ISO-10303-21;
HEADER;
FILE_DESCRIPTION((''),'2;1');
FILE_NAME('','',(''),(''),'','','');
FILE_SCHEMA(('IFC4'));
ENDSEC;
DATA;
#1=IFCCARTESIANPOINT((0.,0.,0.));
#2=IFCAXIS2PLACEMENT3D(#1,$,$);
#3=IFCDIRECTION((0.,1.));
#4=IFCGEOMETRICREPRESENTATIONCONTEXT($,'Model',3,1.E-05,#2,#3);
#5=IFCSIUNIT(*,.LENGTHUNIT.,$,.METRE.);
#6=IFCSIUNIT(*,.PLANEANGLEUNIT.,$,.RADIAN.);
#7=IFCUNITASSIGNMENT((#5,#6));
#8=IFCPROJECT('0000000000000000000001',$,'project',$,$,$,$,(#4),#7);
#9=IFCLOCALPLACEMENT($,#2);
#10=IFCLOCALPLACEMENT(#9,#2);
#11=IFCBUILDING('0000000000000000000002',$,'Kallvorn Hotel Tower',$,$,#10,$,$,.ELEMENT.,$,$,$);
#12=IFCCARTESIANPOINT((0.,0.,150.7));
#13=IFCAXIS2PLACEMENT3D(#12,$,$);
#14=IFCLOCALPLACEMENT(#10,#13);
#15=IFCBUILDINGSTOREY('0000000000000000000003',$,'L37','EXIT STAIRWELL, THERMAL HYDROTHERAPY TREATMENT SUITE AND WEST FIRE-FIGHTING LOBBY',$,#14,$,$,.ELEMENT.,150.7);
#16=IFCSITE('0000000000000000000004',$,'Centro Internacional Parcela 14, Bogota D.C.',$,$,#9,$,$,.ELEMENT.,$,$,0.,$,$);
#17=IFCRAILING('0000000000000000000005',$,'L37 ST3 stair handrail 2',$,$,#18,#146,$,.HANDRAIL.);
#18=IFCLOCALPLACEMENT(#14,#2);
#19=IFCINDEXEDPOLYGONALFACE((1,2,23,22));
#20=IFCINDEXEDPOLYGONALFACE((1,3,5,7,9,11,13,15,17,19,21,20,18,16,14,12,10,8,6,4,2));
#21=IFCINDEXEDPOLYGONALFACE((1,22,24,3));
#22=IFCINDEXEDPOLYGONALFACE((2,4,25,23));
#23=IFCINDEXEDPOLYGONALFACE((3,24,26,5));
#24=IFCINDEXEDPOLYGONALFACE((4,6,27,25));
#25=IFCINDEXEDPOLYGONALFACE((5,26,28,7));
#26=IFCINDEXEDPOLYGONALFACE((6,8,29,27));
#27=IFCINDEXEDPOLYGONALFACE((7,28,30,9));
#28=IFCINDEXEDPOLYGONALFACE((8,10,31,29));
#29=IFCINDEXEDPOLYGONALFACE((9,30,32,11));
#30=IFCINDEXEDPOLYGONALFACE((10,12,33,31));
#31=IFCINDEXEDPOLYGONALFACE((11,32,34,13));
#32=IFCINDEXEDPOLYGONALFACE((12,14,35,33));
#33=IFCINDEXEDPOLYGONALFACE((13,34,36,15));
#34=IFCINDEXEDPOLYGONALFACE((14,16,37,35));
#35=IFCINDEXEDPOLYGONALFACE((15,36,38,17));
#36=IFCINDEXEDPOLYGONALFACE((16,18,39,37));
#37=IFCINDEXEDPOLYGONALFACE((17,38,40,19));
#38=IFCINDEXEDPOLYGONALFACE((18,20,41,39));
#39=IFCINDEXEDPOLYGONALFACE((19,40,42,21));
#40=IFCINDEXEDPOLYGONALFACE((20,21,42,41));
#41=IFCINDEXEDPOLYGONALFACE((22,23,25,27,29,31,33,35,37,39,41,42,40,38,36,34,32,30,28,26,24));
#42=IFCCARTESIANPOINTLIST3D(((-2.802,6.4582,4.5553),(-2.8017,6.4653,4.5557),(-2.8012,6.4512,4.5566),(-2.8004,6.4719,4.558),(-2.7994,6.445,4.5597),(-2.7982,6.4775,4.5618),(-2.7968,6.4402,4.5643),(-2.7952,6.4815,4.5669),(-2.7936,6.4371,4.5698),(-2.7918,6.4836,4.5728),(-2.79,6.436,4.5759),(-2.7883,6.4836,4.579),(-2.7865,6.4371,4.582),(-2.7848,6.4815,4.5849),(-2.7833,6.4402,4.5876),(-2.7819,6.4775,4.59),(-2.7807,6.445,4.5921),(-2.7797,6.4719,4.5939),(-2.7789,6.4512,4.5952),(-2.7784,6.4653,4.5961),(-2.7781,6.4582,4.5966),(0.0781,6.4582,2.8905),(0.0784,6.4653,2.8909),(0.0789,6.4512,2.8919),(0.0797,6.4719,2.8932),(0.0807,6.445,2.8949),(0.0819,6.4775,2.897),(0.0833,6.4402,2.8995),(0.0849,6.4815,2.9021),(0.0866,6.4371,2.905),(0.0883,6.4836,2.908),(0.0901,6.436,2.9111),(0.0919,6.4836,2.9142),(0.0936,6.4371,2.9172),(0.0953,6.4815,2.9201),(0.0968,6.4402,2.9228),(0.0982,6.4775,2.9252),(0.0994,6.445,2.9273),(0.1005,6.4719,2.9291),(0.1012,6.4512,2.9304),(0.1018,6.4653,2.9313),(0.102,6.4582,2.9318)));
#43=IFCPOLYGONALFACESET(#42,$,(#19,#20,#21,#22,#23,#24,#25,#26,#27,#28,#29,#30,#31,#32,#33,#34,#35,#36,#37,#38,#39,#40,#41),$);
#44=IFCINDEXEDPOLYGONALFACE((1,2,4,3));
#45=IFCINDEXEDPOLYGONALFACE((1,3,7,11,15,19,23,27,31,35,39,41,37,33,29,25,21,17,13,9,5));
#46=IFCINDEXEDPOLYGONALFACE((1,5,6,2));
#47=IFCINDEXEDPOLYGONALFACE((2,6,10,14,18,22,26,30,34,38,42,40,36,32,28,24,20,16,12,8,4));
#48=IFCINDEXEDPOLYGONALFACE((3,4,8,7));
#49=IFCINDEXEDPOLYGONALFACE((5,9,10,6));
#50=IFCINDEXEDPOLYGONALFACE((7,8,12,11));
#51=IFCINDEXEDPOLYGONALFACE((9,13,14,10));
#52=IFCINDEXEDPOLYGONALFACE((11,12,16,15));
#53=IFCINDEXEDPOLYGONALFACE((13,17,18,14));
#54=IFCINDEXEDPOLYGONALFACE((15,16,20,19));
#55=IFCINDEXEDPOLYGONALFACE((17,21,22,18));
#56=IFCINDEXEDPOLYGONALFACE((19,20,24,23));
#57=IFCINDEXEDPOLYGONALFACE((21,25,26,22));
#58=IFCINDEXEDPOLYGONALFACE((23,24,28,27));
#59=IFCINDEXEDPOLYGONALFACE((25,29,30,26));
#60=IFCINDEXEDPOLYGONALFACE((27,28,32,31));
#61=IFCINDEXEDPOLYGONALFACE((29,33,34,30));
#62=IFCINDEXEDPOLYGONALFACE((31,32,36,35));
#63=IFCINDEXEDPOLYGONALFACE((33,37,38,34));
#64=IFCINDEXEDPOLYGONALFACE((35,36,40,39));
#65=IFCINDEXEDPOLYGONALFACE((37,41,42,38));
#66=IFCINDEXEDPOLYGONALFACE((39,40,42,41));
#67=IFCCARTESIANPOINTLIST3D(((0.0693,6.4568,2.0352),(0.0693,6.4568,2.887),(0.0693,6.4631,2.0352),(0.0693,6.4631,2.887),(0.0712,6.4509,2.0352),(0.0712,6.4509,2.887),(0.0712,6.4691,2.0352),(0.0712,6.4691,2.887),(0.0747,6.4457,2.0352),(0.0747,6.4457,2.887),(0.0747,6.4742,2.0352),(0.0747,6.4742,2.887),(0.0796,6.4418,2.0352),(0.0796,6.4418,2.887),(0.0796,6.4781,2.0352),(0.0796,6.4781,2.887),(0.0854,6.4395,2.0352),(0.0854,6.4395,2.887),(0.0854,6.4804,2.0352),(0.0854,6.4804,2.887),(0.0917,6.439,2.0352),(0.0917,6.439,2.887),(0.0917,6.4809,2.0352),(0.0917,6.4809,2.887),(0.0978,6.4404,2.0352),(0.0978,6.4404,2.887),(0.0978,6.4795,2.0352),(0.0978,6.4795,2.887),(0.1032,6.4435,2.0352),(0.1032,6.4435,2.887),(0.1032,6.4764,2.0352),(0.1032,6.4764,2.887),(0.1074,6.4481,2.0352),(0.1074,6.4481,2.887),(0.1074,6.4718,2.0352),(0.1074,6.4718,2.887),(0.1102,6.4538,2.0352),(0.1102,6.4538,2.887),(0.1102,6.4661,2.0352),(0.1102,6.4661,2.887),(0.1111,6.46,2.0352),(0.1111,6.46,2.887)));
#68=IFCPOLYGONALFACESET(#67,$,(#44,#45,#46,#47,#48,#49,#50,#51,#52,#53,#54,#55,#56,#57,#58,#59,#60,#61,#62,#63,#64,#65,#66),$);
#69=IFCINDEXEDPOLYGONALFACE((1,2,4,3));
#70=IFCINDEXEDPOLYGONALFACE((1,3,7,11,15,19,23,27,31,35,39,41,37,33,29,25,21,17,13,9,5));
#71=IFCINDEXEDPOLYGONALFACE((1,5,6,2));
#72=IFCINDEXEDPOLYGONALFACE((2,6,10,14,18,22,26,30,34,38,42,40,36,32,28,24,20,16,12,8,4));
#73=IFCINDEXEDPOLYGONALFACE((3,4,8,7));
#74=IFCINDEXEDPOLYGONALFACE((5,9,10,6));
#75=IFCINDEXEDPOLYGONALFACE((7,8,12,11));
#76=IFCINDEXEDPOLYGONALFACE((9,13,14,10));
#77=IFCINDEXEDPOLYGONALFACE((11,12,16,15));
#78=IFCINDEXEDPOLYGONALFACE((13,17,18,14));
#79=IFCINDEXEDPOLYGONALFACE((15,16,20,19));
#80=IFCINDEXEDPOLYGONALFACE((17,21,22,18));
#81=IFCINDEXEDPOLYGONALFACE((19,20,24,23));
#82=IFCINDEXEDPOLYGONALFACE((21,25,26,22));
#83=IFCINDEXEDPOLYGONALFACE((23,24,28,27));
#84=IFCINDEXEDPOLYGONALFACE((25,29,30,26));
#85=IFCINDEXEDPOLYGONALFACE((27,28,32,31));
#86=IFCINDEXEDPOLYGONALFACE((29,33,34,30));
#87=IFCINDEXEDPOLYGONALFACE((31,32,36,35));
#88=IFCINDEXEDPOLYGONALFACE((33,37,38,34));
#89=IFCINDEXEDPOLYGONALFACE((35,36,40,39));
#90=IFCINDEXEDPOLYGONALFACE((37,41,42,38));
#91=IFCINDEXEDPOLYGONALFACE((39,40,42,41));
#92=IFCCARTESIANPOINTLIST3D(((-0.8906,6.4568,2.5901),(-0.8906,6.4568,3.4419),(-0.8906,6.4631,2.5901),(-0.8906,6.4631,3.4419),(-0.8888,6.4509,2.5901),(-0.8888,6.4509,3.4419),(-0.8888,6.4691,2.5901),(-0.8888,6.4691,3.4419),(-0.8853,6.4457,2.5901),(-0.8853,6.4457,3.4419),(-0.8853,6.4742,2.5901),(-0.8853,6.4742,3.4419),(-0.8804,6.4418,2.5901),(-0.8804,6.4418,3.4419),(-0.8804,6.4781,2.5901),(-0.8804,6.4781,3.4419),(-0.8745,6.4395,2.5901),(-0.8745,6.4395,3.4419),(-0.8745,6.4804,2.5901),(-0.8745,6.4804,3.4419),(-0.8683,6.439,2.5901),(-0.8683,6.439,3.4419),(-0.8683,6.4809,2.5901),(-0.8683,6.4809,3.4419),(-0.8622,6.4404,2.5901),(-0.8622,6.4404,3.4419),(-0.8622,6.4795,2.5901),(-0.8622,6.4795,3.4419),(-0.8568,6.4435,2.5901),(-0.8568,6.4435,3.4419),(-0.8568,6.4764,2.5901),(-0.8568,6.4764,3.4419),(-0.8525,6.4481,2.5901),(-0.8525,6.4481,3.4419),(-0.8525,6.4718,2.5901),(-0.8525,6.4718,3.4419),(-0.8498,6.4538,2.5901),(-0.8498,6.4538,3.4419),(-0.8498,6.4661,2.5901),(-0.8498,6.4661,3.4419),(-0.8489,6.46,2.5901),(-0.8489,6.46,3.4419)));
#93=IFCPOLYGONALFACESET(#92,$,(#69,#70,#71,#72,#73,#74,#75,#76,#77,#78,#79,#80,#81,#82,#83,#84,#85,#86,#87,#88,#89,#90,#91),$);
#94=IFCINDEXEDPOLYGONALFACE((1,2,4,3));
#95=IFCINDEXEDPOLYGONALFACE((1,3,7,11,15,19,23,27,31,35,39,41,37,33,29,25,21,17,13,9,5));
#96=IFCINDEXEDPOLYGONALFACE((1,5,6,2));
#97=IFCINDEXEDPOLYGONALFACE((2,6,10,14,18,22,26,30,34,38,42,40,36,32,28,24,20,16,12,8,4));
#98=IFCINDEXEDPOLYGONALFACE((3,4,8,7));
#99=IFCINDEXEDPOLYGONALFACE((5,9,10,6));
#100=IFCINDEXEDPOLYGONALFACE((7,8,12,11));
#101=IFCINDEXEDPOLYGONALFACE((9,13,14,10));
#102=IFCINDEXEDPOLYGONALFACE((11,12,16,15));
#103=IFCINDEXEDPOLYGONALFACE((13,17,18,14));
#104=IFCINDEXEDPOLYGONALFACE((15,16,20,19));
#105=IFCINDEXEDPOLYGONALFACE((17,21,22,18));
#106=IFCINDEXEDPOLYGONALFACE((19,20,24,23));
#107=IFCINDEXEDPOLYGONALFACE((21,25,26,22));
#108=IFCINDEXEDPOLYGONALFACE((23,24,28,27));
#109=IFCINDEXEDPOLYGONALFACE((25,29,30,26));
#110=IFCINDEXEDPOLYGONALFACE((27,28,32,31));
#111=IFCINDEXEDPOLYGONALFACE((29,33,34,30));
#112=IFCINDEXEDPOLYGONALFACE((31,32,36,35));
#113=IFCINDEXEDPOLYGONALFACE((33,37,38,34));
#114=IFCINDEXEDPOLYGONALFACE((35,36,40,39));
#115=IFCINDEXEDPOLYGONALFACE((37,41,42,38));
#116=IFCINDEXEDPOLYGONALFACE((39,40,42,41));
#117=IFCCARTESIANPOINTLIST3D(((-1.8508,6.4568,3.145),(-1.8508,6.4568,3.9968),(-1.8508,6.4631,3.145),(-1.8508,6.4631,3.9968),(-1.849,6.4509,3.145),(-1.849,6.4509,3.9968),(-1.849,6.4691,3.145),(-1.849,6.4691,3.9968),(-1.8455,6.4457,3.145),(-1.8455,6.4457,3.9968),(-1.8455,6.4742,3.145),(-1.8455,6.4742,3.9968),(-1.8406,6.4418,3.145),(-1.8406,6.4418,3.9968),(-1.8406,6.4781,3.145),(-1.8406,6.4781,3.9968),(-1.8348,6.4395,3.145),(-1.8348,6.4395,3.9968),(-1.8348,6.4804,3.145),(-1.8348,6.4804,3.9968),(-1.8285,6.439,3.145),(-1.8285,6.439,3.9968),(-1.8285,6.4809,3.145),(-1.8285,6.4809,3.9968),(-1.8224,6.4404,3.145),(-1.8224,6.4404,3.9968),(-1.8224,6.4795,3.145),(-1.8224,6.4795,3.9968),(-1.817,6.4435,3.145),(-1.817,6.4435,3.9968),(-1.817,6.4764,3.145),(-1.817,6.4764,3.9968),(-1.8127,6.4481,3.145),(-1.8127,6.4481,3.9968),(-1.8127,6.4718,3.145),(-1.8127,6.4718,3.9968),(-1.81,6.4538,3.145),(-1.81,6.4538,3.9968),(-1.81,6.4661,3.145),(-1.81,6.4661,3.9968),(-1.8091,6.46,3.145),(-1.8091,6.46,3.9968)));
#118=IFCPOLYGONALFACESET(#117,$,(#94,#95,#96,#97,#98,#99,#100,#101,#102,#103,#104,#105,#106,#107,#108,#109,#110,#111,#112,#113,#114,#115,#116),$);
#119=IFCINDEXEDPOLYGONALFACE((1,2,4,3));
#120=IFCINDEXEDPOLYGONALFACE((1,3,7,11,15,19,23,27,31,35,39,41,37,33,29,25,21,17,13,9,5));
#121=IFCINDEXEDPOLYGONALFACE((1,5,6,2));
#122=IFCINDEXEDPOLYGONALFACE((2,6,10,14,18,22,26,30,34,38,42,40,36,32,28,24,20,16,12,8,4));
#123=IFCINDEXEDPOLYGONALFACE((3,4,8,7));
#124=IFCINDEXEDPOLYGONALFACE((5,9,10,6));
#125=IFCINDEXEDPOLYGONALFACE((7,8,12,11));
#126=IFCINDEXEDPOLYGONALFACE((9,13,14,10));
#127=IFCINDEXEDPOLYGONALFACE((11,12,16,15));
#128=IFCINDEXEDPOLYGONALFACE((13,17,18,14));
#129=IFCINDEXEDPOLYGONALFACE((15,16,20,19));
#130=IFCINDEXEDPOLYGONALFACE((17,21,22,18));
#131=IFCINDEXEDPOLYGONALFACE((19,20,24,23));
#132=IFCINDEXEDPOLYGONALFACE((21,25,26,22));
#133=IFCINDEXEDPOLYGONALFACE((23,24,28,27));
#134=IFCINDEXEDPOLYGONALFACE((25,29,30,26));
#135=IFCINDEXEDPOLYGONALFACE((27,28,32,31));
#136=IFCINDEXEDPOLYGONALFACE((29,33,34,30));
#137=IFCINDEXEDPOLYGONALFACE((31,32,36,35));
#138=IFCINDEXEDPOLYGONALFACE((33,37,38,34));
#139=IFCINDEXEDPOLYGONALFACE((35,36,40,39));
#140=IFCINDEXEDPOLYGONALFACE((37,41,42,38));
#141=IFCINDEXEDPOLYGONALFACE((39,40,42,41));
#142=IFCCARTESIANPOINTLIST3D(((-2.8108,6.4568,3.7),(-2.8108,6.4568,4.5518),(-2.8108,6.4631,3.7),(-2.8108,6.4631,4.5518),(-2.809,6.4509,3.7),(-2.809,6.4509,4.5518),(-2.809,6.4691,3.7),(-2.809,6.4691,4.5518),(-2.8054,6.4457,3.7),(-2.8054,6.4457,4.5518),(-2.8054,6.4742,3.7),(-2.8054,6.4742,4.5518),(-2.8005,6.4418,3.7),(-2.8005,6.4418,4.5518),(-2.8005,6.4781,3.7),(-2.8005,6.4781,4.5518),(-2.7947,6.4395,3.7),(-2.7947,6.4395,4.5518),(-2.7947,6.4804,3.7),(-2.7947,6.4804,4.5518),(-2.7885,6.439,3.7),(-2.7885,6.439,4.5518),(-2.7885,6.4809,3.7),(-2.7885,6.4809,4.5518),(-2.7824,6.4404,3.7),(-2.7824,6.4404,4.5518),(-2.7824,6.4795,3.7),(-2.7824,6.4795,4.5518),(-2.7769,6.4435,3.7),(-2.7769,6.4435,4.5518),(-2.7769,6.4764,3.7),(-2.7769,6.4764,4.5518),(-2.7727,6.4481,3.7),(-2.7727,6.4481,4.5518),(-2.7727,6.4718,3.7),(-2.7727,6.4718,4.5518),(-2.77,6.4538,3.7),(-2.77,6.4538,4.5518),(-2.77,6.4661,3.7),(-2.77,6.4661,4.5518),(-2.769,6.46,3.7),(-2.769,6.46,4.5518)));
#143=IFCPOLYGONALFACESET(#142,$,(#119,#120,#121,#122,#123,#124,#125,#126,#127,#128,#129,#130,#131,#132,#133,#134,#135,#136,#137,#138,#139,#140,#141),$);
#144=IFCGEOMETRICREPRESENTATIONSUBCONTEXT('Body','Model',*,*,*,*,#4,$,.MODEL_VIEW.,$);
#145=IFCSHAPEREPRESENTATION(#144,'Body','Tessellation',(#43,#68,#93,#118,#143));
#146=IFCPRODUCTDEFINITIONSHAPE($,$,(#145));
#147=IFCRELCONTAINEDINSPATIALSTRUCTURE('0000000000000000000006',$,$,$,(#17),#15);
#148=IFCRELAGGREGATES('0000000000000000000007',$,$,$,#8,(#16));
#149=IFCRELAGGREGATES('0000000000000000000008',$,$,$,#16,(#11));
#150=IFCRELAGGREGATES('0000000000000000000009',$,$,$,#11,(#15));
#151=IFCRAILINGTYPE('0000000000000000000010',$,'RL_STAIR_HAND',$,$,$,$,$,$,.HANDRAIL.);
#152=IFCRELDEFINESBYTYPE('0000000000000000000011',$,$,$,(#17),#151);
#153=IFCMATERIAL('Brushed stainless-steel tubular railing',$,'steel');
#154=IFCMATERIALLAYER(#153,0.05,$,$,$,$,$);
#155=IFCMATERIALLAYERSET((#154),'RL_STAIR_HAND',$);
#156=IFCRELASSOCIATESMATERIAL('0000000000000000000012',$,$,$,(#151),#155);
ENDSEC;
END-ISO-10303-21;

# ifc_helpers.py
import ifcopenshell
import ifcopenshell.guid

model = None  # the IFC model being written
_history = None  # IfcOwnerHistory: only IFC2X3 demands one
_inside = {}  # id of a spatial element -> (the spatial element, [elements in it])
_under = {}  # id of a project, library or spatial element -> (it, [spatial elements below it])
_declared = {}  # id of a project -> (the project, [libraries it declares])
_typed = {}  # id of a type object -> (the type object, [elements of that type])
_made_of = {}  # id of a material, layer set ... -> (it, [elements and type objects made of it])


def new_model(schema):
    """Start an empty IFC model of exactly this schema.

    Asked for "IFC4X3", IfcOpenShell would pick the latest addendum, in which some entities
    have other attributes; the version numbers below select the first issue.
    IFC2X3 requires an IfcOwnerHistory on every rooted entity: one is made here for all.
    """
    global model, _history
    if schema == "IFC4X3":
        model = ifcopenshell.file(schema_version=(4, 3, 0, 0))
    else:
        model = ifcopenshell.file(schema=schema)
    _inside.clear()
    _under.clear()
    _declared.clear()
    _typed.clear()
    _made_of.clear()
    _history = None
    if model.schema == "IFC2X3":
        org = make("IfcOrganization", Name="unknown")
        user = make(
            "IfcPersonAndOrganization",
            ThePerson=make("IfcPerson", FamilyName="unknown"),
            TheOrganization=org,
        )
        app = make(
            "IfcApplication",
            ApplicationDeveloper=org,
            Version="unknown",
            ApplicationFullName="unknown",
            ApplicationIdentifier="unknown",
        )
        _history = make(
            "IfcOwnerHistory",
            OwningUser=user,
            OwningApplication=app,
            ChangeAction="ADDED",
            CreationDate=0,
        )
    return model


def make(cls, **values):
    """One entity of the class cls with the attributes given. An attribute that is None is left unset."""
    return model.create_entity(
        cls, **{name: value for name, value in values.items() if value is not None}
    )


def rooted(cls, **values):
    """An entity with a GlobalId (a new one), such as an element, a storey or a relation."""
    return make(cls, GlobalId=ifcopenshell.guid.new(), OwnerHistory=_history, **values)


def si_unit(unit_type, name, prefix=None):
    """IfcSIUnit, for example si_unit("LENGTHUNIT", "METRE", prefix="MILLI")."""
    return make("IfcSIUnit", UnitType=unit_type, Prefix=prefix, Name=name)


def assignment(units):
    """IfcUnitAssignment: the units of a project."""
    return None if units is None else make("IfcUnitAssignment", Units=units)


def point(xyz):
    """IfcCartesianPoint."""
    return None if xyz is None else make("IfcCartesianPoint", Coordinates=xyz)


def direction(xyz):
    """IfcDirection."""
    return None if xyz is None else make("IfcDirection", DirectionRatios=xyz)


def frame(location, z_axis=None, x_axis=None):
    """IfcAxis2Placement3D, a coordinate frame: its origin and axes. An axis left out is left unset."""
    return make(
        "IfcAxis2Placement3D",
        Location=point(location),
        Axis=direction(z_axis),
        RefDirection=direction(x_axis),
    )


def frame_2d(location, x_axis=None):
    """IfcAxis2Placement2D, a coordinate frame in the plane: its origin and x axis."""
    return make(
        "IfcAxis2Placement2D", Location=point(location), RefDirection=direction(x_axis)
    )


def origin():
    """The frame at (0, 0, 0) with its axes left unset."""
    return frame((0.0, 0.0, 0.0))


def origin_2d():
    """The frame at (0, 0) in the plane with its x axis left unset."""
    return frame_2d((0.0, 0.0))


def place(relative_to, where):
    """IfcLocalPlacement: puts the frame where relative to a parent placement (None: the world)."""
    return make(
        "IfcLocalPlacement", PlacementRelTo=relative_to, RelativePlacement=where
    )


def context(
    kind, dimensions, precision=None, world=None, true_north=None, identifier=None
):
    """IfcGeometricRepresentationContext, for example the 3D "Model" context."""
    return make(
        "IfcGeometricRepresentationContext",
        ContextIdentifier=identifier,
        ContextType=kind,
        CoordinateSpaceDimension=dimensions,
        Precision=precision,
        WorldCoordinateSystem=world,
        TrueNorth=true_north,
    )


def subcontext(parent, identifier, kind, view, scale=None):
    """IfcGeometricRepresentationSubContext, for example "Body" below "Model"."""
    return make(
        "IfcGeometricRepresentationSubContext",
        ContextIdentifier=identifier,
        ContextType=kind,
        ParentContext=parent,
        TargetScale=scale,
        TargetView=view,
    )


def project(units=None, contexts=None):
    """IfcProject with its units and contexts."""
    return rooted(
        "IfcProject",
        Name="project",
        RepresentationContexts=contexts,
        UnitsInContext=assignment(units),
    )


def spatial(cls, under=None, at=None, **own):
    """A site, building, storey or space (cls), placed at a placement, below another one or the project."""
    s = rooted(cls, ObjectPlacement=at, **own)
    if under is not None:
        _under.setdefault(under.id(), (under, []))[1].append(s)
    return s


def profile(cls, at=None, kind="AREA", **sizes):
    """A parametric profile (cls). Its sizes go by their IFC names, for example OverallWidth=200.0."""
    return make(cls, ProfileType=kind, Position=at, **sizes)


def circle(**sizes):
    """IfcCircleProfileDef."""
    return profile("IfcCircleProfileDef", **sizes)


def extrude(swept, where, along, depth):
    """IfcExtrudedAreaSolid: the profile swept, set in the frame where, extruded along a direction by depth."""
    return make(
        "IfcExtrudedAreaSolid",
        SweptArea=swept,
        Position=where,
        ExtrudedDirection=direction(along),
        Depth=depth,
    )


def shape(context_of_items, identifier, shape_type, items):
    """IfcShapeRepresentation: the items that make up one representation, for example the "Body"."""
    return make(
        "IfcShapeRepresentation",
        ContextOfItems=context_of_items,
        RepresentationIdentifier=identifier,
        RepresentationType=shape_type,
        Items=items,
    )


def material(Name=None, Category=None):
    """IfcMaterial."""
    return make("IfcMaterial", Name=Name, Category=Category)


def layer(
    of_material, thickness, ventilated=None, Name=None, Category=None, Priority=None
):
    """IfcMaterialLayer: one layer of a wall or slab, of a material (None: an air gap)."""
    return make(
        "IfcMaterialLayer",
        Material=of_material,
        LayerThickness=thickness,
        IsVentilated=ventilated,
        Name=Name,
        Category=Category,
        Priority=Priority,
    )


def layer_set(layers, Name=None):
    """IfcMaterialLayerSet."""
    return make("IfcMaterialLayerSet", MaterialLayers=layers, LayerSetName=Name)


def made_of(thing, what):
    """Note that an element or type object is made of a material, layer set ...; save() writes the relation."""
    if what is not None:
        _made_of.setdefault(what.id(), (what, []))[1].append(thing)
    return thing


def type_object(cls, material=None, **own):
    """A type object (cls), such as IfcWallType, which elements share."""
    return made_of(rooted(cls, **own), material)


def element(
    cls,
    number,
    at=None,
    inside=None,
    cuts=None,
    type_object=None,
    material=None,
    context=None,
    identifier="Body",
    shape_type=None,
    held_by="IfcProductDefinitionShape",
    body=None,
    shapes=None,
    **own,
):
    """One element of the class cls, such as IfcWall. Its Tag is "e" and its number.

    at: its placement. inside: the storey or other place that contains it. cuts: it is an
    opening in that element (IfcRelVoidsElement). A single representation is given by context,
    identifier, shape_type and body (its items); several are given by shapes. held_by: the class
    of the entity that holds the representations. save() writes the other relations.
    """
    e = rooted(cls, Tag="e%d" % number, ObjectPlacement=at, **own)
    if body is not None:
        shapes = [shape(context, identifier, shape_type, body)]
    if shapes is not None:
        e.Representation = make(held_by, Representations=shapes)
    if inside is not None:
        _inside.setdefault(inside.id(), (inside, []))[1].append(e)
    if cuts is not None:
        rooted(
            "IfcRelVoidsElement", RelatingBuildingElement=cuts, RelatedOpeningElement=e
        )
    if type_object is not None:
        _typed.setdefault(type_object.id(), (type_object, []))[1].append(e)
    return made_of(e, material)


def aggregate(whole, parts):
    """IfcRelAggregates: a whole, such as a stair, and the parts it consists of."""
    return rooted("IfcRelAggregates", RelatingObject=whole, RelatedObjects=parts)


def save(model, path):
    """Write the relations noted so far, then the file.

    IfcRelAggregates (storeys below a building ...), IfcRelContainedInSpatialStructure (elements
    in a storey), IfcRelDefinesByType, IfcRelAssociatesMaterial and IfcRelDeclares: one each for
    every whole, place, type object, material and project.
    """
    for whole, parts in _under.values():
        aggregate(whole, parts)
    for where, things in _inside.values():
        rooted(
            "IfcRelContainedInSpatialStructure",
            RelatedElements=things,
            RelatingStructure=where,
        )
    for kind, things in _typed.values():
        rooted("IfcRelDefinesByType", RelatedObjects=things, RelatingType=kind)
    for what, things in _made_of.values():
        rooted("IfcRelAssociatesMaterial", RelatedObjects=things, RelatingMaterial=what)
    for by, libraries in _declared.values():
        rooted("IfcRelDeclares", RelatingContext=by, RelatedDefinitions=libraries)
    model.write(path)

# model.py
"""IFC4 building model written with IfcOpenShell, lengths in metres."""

from ifc_helpers import new_model, si_unit, direction, frame, origin, origin_2d, place, context, subcontext, project, spatial, circle, extrude, material, layer, layer_set, type_object, element, save


model = new_model("IFC4")

# Units and contexts
model_context = context("Model", 3, precision=1e-05, world=origin(), true_north=direction((0.0, 1.0)))
body_context = subcontext(model_context, "Body", "Model", "MODEL_VIEW")
ifc_project = project(units=[si_unit("LENGTHUNIT", "METRE"), si_unit("PLANEANGLEUNIT", "RADIAN")], contexts=[model_context])

# Site, building, storey
site_placement = place(None, origin())
site = spatial("IfcSite", under=ifc_project, at=site_placement, Name="Centro Internacional Parcela 14, Bogota D.C.", CompositionType="ELEMENT", RefElevation=0.0)
building_placement = place(site_placement, origin())
building = spatial("IfcBuilding", under=site, at=building_placement, Name="Kallvorn Hotel Tower", CompositionType="ELEMENT")
storey_placement = place(building_placement, frame((0.0, 0.0, 150.7)))
storey = spatial("IfcBuildingStorey", under=building, at=storey_placement, Name="L37", Description="EXIT STAIRWELL, THERMAL HYDROTHERAPY TREATMENT SUITE AND WEST FIRE-FIGHTING LOBBY", CompositionType="ELEMENT", Elevation=150.7)

# Railing
ifc_material_1 = material(Name="Brushed stainless-steel tubular railing", Category="steel")
ifc_layer_1 = layer(ifc_material_1, 0.05)
ifc_layer_set_1 = layer_set([ifc_layer_1], Name="RL_STAIR_HAND")
railing_type_1 = type_object("IfcRailingType", Name="RL_STAIR_HAND", PredefinedType="HANDRAIL", material=ifc_layer_set_1)
railing_1_placement = place(storey_placement, frame((0.0901, 6.46, 2.0352)))
element("IfcRailing", 1, at=railing_1_placement, inside=storey, type_object=railing_type_1, Name="L37 ST3 stair handrail 2", PredefinedType="HANDRAIL", context=body_context, shape_type="SweptSolid", body=[
    extrude(circle(Radius=0.0239, at=origin_2d()), frame((0.0, 0.0, 0.876), z_axis=(-0.865771, 0.0, 0.50044), x_axis=(0.0, -1.0, 0.0)), (0.0, 0.0, 1.0), 3.3267),
    extrude(circle(Radius=0.021, at=origin_2d()), origin(), (0.0, 0.0, 1.0), 0.8518),
    extrude(circle(Radius=0.021, at=origin_2d()), frame((-0.96, 0.0, 0.5549)), (0.0, 0.0, 1.0), 0.8518),
    extrude(circle(Radius=0.021, at=origin_2d()), frame((-1.9202, 0.0, 1.1099)), (0.0, 0.0, 1.0), 0.8518),
    extrude(circle(Radius=0.021, at=origin_2d()), frame((-2.8801, 0.0, 1.6648)), (0.0, 0.0, 1.0), 0.8518),
])

save(model, "model.ifc")
